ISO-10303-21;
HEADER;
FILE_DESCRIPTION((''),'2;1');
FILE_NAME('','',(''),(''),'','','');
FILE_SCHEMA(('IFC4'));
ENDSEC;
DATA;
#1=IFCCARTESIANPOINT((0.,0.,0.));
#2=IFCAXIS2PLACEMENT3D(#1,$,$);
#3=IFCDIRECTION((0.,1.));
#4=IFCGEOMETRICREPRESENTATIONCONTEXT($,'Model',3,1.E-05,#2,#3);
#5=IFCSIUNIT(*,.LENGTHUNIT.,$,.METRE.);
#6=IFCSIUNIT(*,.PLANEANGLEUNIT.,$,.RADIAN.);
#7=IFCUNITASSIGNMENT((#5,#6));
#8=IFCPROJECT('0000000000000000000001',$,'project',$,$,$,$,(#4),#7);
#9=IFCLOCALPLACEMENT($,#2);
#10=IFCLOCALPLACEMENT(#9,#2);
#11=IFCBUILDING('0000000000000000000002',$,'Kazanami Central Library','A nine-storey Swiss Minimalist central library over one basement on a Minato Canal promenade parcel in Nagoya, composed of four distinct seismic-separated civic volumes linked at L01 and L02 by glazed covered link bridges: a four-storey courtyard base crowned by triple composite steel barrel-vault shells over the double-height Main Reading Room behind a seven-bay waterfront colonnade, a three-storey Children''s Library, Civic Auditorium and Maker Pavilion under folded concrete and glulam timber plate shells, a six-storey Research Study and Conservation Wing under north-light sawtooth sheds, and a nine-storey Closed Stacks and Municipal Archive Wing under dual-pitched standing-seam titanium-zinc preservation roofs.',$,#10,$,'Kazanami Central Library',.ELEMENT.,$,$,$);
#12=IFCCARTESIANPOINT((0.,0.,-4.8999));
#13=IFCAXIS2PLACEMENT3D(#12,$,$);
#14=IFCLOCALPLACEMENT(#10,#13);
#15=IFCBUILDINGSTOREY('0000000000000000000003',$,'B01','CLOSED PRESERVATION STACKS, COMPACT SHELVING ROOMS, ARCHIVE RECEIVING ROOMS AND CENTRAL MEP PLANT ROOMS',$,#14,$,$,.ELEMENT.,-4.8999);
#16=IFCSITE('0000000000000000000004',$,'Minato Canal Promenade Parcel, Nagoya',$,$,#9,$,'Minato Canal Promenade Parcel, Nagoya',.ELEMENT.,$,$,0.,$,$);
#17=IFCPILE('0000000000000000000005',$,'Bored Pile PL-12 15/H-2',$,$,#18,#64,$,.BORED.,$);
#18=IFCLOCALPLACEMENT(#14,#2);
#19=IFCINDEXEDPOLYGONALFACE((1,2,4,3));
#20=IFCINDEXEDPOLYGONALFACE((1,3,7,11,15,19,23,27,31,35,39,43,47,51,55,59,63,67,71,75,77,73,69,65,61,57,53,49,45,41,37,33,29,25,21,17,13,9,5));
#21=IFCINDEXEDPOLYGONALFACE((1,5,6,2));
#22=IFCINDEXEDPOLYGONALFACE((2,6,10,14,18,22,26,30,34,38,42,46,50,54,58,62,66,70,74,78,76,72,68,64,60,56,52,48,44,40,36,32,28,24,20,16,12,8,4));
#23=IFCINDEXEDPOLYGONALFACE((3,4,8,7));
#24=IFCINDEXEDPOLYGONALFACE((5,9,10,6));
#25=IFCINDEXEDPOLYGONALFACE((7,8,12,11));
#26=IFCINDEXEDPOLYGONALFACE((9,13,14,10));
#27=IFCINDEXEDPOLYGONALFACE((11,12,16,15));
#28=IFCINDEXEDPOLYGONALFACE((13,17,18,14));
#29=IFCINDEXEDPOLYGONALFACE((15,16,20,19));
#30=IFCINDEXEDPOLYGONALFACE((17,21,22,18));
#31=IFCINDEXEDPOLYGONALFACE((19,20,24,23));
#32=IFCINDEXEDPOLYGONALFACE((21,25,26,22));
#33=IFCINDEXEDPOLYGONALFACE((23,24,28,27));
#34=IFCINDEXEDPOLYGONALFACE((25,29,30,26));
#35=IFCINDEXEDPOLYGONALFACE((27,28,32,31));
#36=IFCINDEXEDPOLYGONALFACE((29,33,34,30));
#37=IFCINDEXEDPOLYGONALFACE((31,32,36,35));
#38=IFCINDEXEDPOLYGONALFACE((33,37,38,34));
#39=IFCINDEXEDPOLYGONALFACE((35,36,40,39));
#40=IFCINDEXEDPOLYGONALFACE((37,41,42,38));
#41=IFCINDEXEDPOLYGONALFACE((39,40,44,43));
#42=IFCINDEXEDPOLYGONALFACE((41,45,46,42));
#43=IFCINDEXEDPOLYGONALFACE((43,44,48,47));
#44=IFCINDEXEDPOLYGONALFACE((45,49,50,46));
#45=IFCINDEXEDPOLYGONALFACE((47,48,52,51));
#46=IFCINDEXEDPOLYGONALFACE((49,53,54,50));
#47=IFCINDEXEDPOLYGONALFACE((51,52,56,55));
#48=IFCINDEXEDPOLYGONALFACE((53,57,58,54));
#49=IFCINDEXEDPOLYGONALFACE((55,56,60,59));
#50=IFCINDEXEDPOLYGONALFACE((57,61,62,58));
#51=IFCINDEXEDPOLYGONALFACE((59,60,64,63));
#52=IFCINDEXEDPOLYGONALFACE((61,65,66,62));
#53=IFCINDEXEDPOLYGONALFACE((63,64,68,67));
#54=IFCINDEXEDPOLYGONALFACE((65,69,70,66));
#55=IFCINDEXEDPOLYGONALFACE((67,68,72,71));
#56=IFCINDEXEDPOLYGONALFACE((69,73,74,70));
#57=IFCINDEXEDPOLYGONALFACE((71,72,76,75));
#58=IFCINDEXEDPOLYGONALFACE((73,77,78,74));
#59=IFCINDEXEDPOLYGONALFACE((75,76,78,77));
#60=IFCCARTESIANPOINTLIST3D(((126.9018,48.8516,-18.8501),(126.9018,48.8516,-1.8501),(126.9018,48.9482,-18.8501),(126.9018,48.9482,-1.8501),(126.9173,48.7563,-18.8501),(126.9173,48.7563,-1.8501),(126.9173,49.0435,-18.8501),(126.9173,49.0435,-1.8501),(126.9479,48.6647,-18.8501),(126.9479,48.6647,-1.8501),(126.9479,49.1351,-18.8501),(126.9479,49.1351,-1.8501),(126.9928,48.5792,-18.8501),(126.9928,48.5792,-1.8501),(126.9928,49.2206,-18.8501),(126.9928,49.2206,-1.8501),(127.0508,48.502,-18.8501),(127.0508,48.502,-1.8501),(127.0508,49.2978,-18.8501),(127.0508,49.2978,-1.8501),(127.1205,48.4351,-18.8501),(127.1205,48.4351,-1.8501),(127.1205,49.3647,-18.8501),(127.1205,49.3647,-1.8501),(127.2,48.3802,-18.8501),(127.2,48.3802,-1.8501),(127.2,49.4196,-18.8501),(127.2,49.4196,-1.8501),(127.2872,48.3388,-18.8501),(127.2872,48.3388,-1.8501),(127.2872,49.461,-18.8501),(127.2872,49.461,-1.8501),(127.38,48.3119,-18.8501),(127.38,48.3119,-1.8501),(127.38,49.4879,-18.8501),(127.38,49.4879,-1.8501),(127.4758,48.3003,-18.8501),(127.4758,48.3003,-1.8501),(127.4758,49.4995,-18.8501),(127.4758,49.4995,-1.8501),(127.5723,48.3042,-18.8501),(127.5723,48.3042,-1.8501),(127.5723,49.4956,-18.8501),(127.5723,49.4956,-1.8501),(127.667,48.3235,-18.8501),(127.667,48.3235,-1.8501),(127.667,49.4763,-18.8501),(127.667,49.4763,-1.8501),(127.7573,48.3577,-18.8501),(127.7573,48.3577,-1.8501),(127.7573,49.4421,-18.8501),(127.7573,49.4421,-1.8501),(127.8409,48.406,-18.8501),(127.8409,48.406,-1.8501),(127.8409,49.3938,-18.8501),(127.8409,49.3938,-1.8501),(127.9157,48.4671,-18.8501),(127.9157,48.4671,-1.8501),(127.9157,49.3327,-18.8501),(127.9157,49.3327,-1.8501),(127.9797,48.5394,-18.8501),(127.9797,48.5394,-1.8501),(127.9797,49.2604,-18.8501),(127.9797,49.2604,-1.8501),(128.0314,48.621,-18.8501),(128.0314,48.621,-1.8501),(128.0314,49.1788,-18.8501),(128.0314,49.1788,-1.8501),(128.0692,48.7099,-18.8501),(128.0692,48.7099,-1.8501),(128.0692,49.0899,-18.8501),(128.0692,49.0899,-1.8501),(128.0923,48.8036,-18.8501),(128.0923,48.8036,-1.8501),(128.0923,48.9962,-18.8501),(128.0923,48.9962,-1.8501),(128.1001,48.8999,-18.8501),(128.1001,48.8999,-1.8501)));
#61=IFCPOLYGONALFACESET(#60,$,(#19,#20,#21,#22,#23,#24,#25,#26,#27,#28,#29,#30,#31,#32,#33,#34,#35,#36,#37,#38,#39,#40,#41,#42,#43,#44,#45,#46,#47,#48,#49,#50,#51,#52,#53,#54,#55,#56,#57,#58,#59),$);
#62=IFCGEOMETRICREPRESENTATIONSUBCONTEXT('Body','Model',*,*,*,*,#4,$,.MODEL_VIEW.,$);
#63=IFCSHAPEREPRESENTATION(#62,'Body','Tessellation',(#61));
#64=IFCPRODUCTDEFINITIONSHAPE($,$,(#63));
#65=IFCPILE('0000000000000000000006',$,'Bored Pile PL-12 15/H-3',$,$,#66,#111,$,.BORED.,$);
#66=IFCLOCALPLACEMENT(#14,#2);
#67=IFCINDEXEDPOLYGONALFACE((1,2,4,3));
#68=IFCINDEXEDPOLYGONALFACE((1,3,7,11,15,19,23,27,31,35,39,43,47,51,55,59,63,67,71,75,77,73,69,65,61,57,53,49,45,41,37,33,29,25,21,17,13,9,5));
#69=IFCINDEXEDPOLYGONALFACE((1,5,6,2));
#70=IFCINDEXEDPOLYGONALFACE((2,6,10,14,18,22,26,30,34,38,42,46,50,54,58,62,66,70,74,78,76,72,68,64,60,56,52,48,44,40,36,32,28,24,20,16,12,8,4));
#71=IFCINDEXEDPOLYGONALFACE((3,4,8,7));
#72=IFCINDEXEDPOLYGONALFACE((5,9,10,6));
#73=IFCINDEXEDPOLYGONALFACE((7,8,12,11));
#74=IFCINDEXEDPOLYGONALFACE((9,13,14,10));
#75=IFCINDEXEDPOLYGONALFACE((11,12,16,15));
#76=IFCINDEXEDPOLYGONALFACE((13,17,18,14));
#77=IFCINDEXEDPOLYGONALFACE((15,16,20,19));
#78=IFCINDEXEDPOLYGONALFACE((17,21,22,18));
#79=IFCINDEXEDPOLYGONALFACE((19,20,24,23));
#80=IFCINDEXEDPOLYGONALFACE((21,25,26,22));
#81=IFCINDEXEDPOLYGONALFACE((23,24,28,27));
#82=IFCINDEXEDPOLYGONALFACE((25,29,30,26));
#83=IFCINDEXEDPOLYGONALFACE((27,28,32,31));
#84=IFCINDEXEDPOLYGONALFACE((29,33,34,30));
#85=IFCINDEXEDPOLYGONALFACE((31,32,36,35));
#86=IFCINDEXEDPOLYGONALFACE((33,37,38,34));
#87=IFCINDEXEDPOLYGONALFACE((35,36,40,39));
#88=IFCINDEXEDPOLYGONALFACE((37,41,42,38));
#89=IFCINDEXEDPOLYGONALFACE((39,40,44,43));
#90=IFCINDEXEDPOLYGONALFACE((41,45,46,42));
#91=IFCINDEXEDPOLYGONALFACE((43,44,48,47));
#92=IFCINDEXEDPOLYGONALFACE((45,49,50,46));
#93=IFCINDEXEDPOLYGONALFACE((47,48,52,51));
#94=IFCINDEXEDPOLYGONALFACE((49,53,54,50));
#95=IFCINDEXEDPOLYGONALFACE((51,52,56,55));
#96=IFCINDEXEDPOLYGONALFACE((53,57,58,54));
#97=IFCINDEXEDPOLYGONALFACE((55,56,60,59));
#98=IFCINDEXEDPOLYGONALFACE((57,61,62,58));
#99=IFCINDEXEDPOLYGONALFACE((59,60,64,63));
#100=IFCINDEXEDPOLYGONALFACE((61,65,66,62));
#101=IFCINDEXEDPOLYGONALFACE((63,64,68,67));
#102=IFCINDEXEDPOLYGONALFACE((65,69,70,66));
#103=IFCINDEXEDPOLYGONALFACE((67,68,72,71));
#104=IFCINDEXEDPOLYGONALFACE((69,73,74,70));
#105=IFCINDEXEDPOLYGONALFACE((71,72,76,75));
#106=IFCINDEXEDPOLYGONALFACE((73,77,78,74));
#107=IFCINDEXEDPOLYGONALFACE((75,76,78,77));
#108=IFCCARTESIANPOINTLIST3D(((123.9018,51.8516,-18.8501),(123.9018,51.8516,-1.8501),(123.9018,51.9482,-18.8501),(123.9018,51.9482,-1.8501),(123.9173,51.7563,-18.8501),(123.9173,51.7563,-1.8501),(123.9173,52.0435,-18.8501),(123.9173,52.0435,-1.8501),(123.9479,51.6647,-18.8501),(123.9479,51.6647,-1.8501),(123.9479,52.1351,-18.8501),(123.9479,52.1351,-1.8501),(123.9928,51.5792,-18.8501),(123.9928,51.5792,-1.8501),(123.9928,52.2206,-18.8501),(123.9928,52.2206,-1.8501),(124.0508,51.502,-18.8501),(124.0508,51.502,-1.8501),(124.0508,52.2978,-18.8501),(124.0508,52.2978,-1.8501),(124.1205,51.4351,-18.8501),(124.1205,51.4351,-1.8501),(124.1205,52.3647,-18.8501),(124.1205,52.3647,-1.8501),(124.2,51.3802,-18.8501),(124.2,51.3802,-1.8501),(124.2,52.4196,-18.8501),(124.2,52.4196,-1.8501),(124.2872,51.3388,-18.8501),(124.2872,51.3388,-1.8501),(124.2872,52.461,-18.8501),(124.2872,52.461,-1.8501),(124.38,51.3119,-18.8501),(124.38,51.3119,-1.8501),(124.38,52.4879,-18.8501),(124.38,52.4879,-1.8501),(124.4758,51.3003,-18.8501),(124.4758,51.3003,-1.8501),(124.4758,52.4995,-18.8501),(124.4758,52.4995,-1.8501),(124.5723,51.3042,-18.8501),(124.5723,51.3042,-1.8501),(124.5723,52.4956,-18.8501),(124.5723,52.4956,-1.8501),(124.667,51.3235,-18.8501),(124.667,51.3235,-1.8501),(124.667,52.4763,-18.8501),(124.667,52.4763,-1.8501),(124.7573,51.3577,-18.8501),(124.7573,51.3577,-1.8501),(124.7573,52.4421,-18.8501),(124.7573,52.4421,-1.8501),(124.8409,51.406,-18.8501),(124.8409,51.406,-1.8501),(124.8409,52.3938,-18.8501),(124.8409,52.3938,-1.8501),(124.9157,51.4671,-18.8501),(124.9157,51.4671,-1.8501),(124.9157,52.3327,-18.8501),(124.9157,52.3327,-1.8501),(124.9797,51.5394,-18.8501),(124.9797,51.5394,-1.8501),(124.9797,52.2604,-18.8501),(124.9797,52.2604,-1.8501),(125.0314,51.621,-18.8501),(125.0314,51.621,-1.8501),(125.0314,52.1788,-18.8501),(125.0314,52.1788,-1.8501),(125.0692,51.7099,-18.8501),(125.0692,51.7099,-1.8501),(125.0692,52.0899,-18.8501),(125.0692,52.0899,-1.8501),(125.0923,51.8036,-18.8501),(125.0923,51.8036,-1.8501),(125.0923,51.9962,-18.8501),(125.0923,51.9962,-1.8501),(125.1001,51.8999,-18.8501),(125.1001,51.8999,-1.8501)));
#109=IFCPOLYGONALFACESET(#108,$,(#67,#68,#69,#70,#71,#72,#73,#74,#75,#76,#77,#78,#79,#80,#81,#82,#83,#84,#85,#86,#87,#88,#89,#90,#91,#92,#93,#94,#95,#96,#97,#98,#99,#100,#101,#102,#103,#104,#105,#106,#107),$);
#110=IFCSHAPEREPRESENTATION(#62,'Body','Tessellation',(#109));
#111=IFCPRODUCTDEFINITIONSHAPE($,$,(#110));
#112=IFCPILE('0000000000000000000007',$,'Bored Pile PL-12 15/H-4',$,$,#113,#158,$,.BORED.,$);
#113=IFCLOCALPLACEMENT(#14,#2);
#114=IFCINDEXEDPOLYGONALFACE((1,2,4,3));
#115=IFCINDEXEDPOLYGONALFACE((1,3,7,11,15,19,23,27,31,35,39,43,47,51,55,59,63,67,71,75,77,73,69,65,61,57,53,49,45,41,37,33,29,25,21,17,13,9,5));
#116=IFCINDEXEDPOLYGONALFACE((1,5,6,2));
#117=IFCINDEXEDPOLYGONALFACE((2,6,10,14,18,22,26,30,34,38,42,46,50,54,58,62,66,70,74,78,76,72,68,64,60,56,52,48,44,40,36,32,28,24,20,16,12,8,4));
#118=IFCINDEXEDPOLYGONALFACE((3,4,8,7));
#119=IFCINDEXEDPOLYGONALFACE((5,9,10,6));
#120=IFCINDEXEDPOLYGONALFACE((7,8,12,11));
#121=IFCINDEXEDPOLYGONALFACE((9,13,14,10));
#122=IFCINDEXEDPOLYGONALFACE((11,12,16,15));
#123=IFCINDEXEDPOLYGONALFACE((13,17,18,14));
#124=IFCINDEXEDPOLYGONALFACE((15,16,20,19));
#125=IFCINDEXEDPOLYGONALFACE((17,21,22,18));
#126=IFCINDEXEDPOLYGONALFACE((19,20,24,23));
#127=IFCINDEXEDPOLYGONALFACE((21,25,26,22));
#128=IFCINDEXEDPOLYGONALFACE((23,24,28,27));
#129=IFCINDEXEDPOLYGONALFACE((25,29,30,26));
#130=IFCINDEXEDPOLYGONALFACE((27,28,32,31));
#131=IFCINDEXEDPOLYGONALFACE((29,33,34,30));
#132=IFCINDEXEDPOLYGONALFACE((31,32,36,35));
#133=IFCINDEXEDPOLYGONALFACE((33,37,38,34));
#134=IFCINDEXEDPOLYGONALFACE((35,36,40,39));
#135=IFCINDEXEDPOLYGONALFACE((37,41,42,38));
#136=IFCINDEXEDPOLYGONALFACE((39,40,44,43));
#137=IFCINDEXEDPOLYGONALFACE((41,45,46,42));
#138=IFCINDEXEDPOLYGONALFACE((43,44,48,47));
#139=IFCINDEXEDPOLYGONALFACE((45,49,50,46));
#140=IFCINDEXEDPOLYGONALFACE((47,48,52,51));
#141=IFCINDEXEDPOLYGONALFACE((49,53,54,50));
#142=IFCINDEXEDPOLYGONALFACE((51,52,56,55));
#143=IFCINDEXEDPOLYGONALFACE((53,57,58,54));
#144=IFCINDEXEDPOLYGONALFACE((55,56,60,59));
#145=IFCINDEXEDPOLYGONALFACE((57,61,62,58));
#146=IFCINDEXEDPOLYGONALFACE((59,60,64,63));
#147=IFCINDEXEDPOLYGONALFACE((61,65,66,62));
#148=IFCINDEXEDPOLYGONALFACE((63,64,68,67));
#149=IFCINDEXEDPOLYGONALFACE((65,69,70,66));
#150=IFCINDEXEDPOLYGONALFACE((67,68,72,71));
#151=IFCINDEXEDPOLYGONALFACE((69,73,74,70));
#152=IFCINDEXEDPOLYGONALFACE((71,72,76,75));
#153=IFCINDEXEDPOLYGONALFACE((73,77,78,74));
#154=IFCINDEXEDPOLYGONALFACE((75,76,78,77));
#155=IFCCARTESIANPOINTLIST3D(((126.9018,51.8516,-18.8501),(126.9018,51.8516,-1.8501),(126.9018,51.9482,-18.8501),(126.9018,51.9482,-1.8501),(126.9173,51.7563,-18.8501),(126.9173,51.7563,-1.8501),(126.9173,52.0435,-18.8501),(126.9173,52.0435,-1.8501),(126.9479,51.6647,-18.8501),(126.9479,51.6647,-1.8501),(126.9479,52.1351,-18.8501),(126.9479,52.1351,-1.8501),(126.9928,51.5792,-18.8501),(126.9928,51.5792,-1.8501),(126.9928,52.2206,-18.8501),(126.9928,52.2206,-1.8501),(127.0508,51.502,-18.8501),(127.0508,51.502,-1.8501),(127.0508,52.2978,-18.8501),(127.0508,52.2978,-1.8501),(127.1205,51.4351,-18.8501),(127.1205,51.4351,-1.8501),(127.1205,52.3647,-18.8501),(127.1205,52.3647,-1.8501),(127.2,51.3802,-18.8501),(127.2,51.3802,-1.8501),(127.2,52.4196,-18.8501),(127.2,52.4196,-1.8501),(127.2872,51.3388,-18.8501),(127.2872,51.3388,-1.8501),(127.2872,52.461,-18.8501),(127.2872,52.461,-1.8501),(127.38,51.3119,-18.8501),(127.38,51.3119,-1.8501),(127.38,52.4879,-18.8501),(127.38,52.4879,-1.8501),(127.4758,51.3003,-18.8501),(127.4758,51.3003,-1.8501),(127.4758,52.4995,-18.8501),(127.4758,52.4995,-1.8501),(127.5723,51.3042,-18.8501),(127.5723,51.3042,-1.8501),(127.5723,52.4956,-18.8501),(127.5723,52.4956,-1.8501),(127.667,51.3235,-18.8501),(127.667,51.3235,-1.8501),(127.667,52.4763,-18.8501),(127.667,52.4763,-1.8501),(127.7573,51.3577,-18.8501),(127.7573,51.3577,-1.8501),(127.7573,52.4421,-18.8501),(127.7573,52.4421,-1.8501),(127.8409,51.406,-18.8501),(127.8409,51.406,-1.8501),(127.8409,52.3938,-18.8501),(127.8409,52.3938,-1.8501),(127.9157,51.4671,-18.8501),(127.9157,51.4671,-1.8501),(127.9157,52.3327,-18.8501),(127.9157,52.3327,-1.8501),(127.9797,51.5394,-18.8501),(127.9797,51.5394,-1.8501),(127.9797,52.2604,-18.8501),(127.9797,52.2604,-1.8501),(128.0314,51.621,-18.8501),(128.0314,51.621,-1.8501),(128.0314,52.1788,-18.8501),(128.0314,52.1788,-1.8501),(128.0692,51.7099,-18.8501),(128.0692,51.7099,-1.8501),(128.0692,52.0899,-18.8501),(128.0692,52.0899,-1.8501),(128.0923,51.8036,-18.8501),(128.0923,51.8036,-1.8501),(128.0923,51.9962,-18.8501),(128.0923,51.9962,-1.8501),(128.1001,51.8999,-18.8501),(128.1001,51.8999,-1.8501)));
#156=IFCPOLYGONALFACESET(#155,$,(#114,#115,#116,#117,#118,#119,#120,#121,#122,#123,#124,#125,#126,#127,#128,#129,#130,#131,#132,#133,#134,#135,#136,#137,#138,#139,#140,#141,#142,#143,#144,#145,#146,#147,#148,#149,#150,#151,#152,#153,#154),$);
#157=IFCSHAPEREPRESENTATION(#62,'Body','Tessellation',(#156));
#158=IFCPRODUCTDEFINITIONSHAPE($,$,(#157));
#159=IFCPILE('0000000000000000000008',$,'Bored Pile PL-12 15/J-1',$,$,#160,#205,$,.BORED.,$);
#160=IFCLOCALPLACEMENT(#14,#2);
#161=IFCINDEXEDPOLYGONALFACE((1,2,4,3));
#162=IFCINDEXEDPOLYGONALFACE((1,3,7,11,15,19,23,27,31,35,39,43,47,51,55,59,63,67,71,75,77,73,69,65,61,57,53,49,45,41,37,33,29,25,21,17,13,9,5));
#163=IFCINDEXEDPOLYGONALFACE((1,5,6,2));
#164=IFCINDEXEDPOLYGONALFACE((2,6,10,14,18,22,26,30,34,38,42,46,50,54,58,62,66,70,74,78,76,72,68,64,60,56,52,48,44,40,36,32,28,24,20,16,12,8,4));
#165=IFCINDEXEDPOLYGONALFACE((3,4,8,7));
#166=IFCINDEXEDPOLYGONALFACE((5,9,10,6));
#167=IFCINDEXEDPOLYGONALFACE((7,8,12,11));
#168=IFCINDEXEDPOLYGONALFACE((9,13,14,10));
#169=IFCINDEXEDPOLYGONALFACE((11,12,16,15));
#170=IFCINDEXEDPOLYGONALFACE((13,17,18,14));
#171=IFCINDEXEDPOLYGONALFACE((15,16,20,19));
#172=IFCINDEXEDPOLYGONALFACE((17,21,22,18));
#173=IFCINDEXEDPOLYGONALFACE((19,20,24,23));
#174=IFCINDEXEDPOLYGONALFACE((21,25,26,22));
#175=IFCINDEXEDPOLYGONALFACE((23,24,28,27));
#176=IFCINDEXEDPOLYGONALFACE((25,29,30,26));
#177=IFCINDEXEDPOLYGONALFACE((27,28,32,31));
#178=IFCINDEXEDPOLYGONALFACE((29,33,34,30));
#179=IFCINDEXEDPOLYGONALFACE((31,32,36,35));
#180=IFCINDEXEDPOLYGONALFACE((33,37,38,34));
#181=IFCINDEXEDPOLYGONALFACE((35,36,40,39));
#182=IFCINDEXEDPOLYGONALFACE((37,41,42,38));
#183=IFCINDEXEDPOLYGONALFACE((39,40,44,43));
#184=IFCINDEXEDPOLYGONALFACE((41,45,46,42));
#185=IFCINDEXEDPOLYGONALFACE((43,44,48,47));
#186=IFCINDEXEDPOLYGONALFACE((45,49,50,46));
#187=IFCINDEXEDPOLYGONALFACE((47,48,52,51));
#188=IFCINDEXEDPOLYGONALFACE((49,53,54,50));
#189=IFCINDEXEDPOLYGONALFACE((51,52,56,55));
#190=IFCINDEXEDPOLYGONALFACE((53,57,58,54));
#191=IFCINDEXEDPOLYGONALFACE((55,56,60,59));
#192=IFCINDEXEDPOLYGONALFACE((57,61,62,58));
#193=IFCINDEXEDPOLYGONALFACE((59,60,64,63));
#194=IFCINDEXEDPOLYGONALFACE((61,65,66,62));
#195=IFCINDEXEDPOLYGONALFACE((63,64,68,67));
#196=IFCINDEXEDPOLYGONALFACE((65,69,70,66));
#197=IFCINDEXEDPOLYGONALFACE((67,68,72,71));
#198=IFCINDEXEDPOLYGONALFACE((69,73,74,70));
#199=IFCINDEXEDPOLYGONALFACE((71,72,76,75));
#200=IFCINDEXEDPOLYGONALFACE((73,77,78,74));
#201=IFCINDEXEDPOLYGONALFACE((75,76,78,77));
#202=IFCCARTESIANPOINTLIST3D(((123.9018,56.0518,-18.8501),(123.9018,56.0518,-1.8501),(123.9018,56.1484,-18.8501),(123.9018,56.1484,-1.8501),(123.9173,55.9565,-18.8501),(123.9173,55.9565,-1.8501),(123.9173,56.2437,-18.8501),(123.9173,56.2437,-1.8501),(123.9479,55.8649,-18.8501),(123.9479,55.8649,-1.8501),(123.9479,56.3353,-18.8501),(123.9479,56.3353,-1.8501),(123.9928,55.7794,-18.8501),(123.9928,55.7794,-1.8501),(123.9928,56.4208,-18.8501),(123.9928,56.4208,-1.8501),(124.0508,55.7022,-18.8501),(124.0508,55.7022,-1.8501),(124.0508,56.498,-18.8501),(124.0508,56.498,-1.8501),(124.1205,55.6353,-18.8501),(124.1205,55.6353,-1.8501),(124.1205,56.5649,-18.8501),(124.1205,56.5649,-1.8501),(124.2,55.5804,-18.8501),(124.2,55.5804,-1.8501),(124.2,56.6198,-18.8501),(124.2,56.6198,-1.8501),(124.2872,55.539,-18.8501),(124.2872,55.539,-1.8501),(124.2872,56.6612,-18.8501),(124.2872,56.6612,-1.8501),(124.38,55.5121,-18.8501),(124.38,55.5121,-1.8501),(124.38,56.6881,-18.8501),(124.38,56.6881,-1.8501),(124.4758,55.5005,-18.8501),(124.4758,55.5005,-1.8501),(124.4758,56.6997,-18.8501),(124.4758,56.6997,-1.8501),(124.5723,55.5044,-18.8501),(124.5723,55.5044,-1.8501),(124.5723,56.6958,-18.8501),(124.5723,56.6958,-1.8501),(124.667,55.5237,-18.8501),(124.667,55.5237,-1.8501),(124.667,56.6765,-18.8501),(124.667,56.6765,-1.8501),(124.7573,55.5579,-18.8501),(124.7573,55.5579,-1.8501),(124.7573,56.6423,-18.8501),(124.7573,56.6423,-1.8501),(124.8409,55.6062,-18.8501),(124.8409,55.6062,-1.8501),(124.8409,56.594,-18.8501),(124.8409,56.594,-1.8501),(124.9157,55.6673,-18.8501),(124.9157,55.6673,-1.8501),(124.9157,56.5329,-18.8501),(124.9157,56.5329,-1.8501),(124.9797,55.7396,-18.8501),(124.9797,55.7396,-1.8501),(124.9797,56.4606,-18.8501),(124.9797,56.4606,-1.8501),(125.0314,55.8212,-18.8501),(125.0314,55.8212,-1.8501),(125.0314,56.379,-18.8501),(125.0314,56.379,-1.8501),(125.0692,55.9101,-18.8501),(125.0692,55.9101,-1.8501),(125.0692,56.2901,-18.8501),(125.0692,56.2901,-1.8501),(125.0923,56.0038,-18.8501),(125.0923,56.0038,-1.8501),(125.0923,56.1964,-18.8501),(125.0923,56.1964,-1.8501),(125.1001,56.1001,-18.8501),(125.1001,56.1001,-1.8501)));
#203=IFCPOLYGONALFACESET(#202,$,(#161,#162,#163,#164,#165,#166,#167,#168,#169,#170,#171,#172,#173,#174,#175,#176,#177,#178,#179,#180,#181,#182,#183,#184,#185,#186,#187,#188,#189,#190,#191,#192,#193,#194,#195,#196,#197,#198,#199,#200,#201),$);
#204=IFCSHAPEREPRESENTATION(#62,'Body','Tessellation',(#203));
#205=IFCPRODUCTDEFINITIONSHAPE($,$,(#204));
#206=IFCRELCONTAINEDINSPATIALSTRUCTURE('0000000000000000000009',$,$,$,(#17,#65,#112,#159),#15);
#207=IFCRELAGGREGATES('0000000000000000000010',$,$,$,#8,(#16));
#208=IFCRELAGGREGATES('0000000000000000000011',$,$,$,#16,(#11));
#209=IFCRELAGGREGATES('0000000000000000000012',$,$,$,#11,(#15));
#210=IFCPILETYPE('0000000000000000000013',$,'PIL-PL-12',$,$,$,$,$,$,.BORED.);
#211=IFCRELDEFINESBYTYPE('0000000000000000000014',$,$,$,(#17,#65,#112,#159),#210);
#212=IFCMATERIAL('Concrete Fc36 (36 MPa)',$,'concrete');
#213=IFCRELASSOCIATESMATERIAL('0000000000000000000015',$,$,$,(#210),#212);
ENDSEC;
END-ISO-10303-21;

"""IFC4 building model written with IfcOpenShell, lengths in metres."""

from ifc_helpers import new_model, si_unit, direction, frame, origin, origin_2d, place, context, subcontext, project, spatial, circle, extrude, material, material_profile, profile_set, type_object, element, save


model = new_model("IFC4")

# Units and contexts
model_context = context("Model", 3, precision=1e-05, world=origin(), true_north=direction((0.0, 1.0)))
body_context = subcontext(model_context, "Body", "Model", "MODEL_VIEW")
ifc_project = project(units=[si_unit("LENGTHUNIT", "METRE"), si_unit("PLANEANGLEUNIT", "RADIAN")], contexts=[model_context])

# Site, building, storey
site_placement = place(None, origin())
site = spatial("IfcSite", under=ifc_project, at=site_placement, Name="Minato Canal Promenade Parcel, Nagoya", LongName="Minato Canal Promenade Parcel, Nagoya", CompositionType="ELEMENT", RefElevation=0.0)
building_placement = place(site_placement, origin())
building = spatial("IfcBuilding", under=site, at=building_placement, Name="Kazanami Central Library", Description="A nine-storey Swiss Minimalist central library over one basement on a Minato Canal promenade parcel in Nagoya, composed of four distinct seismic-separated civic volumes linked at L01 and L02 by glazed covered link bridges: a four-storey courtyard base crowned by triple composite steel barrel-vault shells over the double-height Main Reading Room behind a seven-bay waterfront colonnade, a three-storey Children's Library, Civic Auditorium and Maker Pavilion under folded concrete and glulam timber plate shells, a six-storey Research Study and Conservation Wing under north-light sawtooth sheds, and a nine-storey Closed Stacks and Municipal Archive Wing under dual-pitched standing-seam titanium-zinc preservation roofs.", LongName="Kazanami Central Library", CompositionType="ELEMENT")
storey_placement = place(building_placement, frame((0.0, 0.0, -4.8999)))
storey = spatial("IfcBuildingStorey", under=building, at=storey_placement, Name="B01", Description="CLOSED PRESERVATION STACKS, COMPACT SHELVING ROOMS, ARCHIVE RECEIVING ROOMS AND CENTRAL MEP PLANT ROOMS", CompositionType="ELEMENT", Elevation=-4.8999)

# Shared definitions
ifc_material_1 = material(Name="Concrete Fc36 (36 MPa)", Category="concrete")

# Piles
ifc_material_profile_1 = material_profile(ifc_material_1, circle(Radius=0.6001, at=origin_2d()), Name="BORED-D1200")
ifc_profile_set_1 = profile_set([ifc_material_profile_1], Name="Concrete Fc36 (36 MPa)")
pile_type = type_object("IfcPileType", Name="PIL-PL-12", PredefinedType="BORED", material=ifc_profile_set_1)
for number, where, z_axis, x_axis, name in (
    (1, (127.5, 48.8999, -1.8501), (0.0, 0.0, -1.0), (1.0, 0.0, 0.0), "Bored Pile PL-12 15/H-2"),
    (2, (124.5, 51.8999, -1.8501), (0.0, 0.0, -1.0), (1.0, 0.0, 0.0), "Bored Pile PL-12 15/H-3"),
    (3, (127.5, 51.8999, -1.8501), (0.0, 0.0, -1.0), (1.0, 0.0, 0.0), "Bored Pile PL-12 15/H-4"),
    (4, (124.5, 56.1001, -1.8501), (0.0, 0.0, -1.0), (1.0, 0.0, 0.0), "Bored Pile PL-12 15/J-1"),
):
    element("IfcPile", number, at=place(storey_placement, frame(where, z_axis=z_axis, x_axis=x_axis)), inside=storey, type_object=pile_type, Name=name, PredefinedType="BORED", context=body_context, shape_type="SweptSolid", body=[
        extrude(circle(Radius=0.6001, at=origin_2d()), origin(), (0.0, 0.0, 1.0), 17.0),
    ])

save(model, "model.ifc")
